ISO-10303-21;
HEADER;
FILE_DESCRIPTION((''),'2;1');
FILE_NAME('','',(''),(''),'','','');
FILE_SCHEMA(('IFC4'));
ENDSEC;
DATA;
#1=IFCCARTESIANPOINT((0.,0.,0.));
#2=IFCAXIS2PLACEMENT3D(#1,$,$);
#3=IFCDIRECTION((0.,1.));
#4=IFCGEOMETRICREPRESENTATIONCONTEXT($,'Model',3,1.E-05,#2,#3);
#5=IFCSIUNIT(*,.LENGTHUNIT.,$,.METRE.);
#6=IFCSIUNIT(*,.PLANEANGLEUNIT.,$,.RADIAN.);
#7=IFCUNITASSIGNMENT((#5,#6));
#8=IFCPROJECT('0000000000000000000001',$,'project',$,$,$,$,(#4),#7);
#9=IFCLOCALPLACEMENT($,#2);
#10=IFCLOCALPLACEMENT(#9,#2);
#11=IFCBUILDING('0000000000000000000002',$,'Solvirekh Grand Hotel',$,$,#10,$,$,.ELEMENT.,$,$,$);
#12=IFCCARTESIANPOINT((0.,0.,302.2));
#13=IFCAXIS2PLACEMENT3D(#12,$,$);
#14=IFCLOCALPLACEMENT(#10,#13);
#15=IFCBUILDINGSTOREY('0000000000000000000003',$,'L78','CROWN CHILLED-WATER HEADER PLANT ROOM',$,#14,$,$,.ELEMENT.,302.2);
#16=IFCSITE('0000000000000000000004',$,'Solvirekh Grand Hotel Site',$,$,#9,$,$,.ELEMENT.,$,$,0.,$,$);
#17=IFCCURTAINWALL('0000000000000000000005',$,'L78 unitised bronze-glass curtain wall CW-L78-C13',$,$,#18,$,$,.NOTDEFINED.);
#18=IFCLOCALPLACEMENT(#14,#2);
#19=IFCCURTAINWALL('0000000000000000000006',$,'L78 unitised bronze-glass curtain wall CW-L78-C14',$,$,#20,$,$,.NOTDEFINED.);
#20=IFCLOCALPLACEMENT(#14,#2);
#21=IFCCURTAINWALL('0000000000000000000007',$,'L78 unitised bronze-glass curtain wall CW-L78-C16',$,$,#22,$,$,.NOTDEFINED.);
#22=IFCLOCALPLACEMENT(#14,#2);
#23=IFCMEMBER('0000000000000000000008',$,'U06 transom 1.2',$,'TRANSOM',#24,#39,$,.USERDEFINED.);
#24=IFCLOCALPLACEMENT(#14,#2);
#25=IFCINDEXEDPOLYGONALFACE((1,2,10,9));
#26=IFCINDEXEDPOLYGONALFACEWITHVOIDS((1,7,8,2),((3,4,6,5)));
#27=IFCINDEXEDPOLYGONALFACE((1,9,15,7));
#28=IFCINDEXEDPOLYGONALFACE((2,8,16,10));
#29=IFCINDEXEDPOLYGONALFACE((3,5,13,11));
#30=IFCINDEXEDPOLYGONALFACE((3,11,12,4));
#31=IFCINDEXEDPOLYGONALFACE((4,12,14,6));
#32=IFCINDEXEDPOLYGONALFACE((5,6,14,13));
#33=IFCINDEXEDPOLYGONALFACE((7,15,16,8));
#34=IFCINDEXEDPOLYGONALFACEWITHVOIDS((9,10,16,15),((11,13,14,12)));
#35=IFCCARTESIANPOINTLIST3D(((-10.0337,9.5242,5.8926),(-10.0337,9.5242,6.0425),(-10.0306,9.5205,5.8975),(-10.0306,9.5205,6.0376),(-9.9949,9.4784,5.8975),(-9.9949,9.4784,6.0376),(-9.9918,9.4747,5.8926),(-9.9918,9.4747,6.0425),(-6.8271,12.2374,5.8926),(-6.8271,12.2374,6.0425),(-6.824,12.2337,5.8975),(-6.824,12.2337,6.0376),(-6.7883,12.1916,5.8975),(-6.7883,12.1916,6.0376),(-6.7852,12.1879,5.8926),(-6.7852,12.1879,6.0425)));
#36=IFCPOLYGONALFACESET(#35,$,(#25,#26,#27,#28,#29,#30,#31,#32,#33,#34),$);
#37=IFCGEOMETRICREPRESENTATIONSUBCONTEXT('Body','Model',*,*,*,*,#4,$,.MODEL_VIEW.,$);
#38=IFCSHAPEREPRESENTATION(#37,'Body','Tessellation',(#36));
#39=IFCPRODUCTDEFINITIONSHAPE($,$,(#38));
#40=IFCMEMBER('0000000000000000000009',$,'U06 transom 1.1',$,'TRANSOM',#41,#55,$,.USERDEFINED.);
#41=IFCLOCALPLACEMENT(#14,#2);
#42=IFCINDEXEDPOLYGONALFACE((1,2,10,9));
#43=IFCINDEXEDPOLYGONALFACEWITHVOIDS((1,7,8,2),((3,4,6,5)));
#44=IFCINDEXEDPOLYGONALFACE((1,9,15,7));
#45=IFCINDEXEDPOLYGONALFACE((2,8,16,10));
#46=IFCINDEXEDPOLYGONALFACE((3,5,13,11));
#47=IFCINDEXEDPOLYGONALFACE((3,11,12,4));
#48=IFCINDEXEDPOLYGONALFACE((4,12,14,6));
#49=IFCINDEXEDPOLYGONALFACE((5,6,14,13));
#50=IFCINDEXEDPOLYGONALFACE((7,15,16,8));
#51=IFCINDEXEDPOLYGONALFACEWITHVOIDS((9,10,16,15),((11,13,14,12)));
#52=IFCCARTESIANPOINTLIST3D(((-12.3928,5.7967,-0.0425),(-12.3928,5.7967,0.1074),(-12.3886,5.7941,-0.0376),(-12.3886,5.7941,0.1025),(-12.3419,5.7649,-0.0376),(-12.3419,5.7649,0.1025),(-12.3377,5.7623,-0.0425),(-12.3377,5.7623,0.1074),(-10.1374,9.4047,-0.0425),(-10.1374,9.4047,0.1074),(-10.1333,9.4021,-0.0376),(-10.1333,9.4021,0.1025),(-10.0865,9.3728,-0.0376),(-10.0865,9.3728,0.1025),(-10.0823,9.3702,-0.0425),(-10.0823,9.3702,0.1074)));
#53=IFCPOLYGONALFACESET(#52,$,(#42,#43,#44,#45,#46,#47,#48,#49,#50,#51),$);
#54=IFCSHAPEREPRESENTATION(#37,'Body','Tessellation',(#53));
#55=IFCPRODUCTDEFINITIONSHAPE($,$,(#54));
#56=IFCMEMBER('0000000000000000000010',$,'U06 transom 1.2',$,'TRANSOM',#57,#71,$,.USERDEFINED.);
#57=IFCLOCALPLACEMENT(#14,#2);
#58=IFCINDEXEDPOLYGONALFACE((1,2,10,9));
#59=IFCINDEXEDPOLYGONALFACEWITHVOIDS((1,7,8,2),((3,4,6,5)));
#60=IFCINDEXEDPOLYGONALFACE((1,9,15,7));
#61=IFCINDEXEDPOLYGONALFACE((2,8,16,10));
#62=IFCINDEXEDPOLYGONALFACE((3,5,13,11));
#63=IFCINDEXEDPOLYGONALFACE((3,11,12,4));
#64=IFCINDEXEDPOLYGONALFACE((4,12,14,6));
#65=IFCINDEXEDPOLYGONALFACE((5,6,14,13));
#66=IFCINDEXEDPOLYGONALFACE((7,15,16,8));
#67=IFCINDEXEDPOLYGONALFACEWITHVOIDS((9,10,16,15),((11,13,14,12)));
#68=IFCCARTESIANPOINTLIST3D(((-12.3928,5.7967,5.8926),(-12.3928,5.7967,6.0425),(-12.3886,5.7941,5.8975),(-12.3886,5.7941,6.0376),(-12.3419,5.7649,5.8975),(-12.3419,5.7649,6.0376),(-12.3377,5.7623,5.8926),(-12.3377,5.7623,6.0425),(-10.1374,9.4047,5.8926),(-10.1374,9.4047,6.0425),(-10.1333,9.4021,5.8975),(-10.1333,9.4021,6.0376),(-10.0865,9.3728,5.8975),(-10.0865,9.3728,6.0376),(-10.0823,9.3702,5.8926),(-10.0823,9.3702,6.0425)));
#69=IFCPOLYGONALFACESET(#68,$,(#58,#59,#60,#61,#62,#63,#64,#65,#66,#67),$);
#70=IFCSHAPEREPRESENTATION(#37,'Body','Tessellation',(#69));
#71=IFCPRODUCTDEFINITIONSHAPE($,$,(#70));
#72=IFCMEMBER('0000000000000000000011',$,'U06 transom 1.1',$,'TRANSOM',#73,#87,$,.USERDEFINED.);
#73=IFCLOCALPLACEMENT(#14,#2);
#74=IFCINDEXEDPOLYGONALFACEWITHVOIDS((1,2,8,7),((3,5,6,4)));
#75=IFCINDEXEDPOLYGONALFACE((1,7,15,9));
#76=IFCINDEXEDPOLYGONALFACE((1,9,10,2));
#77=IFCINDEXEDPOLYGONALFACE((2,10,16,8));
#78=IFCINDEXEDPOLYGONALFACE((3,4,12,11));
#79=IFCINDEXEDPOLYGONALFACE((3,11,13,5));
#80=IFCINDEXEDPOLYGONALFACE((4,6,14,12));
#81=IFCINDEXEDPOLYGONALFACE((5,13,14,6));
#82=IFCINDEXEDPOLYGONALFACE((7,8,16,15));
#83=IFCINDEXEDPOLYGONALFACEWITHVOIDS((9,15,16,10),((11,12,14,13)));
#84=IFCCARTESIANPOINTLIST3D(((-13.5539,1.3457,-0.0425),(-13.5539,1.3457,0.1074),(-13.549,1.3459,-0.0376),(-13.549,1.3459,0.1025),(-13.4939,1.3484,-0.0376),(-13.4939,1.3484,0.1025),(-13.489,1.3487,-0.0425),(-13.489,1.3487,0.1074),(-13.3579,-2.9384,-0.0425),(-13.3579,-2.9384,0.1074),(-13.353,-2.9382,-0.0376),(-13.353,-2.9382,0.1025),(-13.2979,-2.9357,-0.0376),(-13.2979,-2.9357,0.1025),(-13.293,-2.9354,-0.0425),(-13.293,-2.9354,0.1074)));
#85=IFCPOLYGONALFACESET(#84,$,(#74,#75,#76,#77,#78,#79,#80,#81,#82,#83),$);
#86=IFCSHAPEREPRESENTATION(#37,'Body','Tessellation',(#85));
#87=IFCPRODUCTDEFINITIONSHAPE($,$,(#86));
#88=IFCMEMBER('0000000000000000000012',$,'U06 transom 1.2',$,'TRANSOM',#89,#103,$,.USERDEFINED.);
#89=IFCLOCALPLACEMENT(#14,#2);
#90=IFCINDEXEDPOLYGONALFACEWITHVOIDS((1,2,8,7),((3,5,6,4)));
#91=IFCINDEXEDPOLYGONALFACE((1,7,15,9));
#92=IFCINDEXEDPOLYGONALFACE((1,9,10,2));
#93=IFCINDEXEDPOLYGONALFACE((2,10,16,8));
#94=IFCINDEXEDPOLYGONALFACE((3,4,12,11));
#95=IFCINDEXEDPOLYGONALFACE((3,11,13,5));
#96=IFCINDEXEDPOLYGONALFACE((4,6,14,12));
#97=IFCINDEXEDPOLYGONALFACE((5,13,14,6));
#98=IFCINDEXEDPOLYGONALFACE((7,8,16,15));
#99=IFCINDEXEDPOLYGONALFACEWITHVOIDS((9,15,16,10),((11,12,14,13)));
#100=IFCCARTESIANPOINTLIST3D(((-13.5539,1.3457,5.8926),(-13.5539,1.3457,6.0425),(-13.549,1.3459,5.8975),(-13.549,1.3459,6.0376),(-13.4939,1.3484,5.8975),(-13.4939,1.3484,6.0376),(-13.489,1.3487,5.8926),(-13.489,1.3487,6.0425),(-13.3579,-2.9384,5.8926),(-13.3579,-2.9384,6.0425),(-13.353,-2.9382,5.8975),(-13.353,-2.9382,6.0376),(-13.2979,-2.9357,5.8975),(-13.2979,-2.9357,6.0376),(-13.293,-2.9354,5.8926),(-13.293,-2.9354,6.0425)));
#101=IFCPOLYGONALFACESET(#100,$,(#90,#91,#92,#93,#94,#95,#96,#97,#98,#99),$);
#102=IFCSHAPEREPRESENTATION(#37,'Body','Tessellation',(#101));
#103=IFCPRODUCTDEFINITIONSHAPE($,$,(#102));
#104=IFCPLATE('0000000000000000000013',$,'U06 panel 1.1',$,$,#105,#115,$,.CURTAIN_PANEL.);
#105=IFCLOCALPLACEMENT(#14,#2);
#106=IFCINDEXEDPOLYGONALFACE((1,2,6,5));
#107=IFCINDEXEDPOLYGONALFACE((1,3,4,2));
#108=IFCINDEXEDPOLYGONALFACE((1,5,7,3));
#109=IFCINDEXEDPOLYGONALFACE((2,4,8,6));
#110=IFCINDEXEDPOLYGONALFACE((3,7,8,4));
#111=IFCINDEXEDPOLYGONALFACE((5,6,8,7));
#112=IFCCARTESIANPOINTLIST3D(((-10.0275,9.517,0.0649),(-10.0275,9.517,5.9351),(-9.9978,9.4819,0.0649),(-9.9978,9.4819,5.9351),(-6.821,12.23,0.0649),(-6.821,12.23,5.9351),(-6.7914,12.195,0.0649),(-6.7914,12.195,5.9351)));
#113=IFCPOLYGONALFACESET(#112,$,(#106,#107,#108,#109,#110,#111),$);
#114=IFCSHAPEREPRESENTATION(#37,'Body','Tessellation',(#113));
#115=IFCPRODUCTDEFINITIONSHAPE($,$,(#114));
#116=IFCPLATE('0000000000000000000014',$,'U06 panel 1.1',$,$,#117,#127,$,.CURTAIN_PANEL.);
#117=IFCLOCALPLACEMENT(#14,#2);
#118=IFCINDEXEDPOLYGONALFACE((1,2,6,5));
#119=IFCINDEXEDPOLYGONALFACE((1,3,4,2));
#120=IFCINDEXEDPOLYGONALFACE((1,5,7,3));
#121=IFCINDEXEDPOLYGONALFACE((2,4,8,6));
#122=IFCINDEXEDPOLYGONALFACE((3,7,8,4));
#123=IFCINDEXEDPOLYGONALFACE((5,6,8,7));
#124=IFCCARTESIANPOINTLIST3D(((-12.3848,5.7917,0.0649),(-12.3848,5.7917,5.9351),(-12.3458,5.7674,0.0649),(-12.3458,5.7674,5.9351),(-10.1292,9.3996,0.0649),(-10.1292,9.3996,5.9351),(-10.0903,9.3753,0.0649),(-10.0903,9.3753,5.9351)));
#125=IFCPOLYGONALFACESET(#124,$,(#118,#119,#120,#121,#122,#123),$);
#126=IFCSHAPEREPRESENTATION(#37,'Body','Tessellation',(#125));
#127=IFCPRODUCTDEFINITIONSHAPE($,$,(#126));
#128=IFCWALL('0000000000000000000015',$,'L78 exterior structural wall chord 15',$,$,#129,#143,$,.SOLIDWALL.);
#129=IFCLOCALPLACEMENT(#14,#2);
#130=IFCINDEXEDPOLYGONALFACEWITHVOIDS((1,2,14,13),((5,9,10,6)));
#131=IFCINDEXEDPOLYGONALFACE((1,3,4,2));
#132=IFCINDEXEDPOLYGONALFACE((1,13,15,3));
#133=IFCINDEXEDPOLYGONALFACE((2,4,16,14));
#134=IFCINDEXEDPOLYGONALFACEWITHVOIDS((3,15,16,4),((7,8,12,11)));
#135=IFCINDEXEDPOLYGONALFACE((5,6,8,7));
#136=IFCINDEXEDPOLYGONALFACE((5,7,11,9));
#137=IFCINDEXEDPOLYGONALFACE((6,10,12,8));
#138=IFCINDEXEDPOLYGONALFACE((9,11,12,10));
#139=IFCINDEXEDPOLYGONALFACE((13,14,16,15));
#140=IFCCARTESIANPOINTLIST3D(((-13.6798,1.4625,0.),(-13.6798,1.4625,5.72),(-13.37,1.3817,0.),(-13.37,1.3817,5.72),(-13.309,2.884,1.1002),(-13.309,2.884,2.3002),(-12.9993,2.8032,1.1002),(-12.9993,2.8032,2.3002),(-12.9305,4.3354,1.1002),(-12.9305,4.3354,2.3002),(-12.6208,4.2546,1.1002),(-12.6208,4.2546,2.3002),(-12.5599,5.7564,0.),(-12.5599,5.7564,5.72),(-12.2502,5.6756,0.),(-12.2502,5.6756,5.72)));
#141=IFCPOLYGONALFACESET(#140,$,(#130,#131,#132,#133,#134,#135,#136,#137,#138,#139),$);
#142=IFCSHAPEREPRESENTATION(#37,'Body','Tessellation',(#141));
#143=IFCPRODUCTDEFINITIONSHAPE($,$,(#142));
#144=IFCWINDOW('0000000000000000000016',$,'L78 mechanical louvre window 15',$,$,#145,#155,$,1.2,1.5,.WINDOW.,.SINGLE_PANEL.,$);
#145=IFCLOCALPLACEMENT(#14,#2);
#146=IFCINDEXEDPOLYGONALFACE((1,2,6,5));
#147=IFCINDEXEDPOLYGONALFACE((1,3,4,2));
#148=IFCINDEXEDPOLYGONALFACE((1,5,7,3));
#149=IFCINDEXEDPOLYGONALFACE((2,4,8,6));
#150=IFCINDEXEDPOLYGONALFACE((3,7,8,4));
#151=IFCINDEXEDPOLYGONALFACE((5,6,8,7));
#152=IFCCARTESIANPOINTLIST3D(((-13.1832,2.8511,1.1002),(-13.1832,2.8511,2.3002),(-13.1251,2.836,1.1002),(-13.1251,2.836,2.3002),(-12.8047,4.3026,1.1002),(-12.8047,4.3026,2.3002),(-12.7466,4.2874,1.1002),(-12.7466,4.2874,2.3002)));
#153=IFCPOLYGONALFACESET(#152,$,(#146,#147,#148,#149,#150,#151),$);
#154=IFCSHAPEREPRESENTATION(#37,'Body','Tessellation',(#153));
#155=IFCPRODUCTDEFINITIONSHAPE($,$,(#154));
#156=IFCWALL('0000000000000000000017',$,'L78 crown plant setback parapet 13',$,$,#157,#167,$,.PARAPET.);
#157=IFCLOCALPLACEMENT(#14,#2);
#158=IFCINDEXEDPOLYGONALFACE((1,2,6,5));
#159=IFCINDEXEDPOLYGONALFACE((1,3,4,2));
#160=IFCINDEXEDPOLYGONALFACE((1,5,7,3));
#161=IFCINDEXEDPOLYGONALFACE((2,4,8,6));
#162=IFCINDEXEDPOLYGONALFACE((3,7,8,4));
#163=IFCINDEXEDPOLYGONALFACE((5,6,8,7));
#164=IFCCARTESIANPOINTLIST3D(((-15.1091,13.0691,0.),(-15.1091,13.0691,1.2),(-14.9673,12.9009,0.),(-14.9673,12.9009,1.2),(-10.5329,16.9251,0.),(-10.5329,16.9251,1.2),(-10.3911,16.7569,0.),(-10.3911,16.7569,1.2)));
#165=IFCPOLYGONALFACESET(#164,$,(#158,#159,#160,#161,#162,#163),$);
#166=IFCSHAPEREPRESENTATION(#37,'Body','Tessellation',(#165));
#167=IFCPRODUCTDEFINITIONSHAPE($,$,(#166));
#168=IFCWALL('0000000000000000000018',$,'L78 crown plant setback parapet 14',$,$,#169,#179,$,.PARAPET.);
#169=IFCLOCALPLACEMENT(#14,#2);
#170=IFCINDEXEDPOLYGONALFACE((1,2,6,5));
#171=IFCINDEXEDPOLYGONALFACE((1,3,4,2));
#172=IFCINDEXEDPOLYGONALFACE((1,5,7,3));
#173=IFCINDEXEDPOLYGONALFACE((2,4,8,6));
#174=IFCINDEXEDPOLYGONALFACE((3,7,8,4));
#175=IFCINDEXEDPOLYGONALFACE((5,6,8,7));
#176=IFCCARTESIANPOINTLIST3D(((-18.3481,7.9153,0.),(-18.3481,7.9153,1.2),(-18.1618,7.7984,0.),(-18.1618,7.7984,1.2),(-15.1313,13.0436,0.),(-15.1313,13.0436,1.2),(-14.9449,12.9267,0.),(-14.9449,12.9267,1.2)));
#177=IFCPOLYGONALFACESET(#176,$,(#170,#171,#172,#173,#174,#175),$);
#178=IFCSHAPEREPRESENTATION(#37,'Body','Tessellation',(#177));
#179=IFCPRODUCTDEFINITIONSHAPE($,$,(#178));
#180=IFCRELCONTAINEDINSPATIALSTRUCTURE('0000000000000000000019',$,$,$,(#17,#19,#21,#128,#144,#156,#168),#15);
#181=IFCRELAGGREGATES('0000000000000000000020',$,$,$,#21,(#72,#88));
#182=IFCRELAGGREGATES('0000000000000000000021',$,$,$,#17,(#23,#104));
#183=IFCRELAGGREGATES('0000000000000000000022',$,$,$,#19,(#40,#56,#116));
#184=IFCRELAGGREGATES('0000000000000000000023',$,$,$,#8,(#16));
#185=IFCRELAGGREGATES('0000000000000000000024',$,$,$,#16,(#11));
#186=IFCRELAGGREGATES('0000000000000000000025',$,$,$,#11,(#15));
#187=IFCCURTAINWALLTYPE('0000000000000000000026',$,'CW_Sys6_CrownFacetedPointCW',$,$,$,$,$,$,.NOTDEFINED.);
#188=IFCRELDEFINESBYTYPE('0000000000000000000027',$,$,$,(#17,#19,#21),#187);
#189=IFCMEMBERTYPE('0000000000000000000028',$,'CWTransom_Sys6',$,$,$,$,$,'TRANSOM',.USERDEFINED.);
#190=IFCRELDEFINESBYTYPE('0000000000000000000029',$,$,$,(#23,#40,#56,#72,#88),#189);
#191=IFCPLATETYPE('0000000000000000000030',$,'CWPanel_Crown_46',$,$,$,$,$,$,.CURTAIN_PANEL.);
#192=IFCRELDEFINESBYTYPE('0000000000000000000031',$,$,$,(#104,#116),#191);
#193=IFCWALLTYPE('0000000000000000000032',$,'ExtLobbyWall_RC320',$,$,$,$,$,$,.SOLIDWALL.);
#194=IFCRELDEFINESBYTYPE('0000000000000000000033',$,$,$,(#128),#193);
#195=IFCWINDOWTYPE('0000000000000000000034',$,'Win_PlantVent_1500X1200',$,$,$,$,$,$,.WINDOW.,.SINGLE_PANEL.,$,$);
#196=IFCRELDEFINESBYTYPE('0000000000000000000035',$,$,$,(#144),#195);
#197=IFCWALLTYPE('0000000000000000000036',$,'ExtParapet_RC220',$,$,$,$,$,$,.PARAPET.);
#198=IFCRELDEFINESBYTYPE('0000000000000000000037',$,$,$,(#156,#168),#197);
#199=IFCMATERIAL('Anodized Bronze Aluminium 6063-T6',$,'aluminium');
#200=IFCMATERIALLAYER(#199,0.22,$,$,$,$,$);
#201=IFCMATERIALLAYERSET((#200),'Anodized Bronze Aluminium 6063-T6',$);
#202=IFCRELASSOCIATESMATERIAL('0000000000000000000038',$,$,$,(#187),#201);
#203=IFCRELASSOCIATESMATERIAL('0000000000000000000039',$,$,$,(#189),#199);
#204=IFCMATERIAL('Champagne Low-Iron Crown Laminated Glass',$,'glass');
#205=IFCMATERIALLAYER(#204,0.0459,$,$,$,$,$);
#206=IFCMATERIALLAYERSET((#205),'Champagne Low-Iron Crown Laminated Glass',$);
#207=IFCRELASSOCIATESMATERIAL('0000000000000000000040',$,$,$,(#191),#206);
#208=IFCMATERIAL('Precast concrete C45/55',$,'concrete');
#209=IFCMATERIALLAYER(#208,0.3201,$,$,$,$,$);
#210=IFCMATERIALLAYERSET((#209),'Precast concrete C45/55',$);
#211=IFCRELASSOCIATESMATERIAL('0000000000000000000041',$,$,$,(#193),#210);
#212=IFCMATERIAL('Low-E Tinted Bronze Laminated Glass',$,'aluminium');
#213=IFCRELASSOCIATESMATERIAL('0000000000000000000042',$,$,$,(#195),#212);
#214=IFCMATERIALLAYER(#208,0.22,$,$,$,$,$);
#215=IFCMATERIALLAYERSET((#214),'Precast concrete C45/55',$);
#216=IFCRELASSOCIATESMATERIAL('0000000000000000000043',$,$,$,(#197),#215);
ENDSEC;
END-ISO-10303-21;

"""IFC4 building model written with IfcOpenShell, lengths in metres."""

from ifc_helpers import new_model, si_unit, direction, frame, frame_2d, origin, origin_2d, place, context, subcontext, project, spatial, rectangle, hollow_rectangle, extrude, source, transform, mapped, material, layer, layer_set, material_profile, profile_set, type_object, element, fill, aggregate, save


model = new_model("IFC4")

# Units and contexts
model_context = context("Model", 3, precision=1e-05, world=origin(), true_north=direction((0.0, 1.0)))
body_context = subcontext(model_context, "Body", "Model", "MODEL_VIEW")
ifc_project = project(units=[si_unit("LENGTHUNIT", "METRE"), si_unit("PLANEANGLEUNIT", "RADIAN")], contexts=[model_context])

# Site, building, storey
site_placement = place(None, origin())
site = spatial("IfcSite", under=ifc_project, at=site_placement, Name="Solvirekh Grand Hotel Site", CompositionType="ELEMENT", RefElevation=0.0)
building_placement = place(site_placement, origin())
building = spatial("IfcBuilding", under=site, at=building_placement, Name="Solvirekh Grand Hotel", CompositionType="ELEMENT")
storey_placement = place(building_placement, frame((0.0, 0.0, 302.2)))
storey = spatial("IfcBuildingStorey", under=building, at=storey_placement, Name="L78", Description="CROWN CHILLED-WATER HEADER PLANT ROOM", CompositionType="ELEMENT", Elevation=302.2)

# Shared definitions
ifc_material_1 = material(Name="Anodized Bronze Aluminium 6063-T6", Category="aluminium")
ifc_layer_1 = layer(ifc_material_1, 0.22)
ifc_layer_set_1 = layer_set([ifc_layer_1], Name="Anodized Bronze Aluminium 6063-T6")
curtain_wall_type = type_object("IfcCurtainWallType", Name="CW_Sys6_CrownFacetedPointCW", PredefinedType="NOTDEFINED", material=ifc_layer_set_1)

# Curtain walls
curtain_wall_1_placement = place(storey_placement, origin())
curtain_wall_1 = element("IfcCurtainWall", 1, at=curtain_wall_1_placement, inside=storey, type_object=curtain_wall_type, Name="L78 unitised bronze-glass curtain wall CW-L78-C13", PredefinedType="NOTDEFINED")
curtain_wall_2_placement = place(storey_placement, origin())
curtain_wall_2 = element("IfcCurtainWall", 2, at=curtain_wall_2_placement, inside=storey, type_object=curtain_wall_type, Name="L78 unitised bronze-glass curtain wall CW-L78-C14", PredefinedType="NOTDEFINED")

# Curtain wall
curtain_wall_3_placement = place(storey_placement, origin())
curtain_wall_3 = element("IfcCurtainWall", 3, at=curtain_wall_3_placement, inside=storey, type_object=curtain_wall_type, Name="L78 unitised bronze-glass curtain wall CW-L78-C16", PredefinedType="NOTDEFINED")

# Members
ifc_material_profile_1 = material_profile(ifc_material_1, hollow_rectangle(XDim=0.0649, YDim=0.1499, WallThickness=0.0049, at=origin_2d()), Name="ALU RHS 150X65X5")
ifc_profile_set_1 = profile_set([ifc_material_profile_1], Name="Anodized Bronze Aluminium 6063-T6")
member_type_1 = type_object("IfcMemberType", Name="CWTransom_Sys6", ElementType="TRANSOM", PredefinedType="USERDEFINED", material=ifc_profile_set_1)
shared_shape_1 = source(origin(), body_context, "Body", "SweptSolid", [
    extrude(hollow_rectangle(XDim=0.0649, YDim=0.1499, WallThickness=0.0049, at=origin_2d()), origin(), (0.0, 0.0, 1.0), 4.2004),
])
member_1_placement = place(storey_placement, frame((-6.8062, 12.2126, 5.9675), z_axis=(-0.763397, -0.645929, 0.0), x_axis=(0.645929, -0.763397, 0.0)))
member_1 = element("IfcMember", 4, at=member_1_placement, type_object=member_type_1, Name="U06 transom 1.2", ObjectType="TRANSOM", PredefinedType="USERDEFINED", context=body_context, shape_type="MappedRepresentation", body=[
    mapped(shared_shape_1, transform((0.0, 0.0, 0.0), x_axis=(1.0, 0.0, 0.0), y_axis=(0.0, 1.0, 0.0), z_axis=(0.0, 0.0, 1.0), scale=1.0)),
])
shared_shape_2 = source(origin(), body_context, "Body", "SweptSolid", [
    extrude(hollow_rectangle(XDim=0.0649, YDim=0.1499, WallThickness=0.0049, at=origin_2d()), origin(), (0.0, 0.0, 1.0), 4.2549),
])
member_2_placement = place(storey_placement, frame((-10.1099, 9.3875, 0.0325), z_axis=(-0.530071, -0.847953, 0.0), x_axis=(0.847953, -0.530071, 0.0)))
member_2 = element("IfcMember", 5, at=member_2_placement, type_object=member_type_1, Name="U06 transom 1.1", ObjectType="TRANSOM", PredefinedType="USERDEFINED", context=body_context, shape_type="MappedRepresentation", body=[
    mapped(shared_shape_2, transform((0.0, 0.0, 0.0), x_axis=(1.0, 0.0, 0.0), y_axis=(0.0, 1.0, 0.0), z_axis=(0.0, 0.0, 1.0), scale=1.0)),
])
member_3_placement = place(storey_placement, frame((-10.1099, 9.3875, 5.9675), z_axis=(-0.530071, -0.847953, 0.0), x_axis=(0.847953, -0.530071, 0.0)))
member_3 = element("IfcMember", 6, at=member_3_placement, type_object=member_type_1, Name="U06 transom 1.2", ObjectType="TRANSOM", PredefinedType="USERDEFINED", context=body_context, shape_type="MappedRepresentation", body=[
    mapped(shared_shape_2, transform((0.0, 0.0, 0.0), x_axis=(1.0, 0.0, 0.0), y_axis=(0.0, 1.0, 0.0), z_axis=(0.0, 0.0, 1.0), scale=1.0)),
])
shared_shape_3 = source(origin(), body_context, "Body", "SweptSolid", [
    extrude(hollow_rectangle(XDim=0.0649, YDim=0.1499, WallThickness=0.0049, at=origin_2d()), origin(), (0.0, 0.0, 1.0), 4.2886),
])
member_4_placement = place(storey_placement, frame((-13.5215, 1.3472, 0.0325), z_axis=(0.045712, -0.998955, 0.0), x_axis=(0.998955, 0.045712, 0.0)))
member_4 = element("IfcMember", 7, at=member_4_placement, type_object=member_type_1, Name="U06 transom 1.1", ObjectType="TRANSOM", PredefinedType="USERDEFINED", context=body_context, shape_type="MappedRepresentation", body=[
    mapped(shared_shape_3, transform((0.0, 0.0, 0.0), x_axis=(1.0, 0.0, 0.0), y_axis=(0.0, 1.0, 0.0), z_axis=(0.0, 0.0, 1.0), scale=1.0)),
])
member_5_placement = place(storey_placement, frame((-13.5215, 1.3472, 5.9675), z_axis=(0.045712, -0.998955, 0.0), x_axis=(0.998955, 0.045712, 0.0)))
member_5 = element("IfcMember", 8, at=member_5_placement, type_object=member_type_1, Name="U06 transom 1.2", ObjectType="TRANSOM", PredefinedType="USERDEFINED", context=body_context, shape_type="MappedRepresentation", body=[
    mapped(shared_shape_3, transform((0.0, 0.0, 0.0), x_axis=(1.0, 0.0, 0.0), y_axis=(0.0, 1.0, 0.0), z_axis=(0.0, 0.0, 1.0), scale=1.0)),
])
aggregate(curtain_wall_3, [member_4, member_5])

# Plates
ifc_material_2 = material(Name="Champagne Low-Iron Crown Laminated Glass", Category="glass")
ifc_layer_2 = layer(ifc_material_2, 0.0459)
ifc_layer_set_2 = layer_set([ifc_layer_2], Name="Champagne Low-Iron Crown Laminated Glass")
plate_type = type_object("IfcPlateType", Name="CWPanel_Crown_46", PredefinedType="CURTAIN_PANEL", material=ifc_layer_set_2)
shared_shape_4 = source(origin(), body_context, "Body", "SweptSolid", [
    extrude(rectangle(XDim=4.2002, YDim=0.0459, at=origin_2d()), origin(), (0.0, 0.0, 1.0), 5.8701),
])
plate_1_placement = place(storey_placement, frame((-8.4094, 10.856, 0.0649), z_axis=(0.0, 0.0, 1.0), x_axis=(-0.763395, -0.645932, 0.0)))
plate_1 = element("IfcPlate", 9, at=plate_1_placement, type_object=plate_type, Name="U06 panel 1.1", PredefinedType="CURTAIN_PANEL", context=body_context, shape_type="MappedRepresentation", body=[
    mapped(shared_shape_4, transform((0.0, 0.0, 0.0), x_axis=(1.0, 0.0, 0.0), y_axis=(0.0, 1.0, 0.0), z_axis=(0.0, 0.0, 1.0), scale=1.0)),
])
aggregate(curtain_wall_1, [member_1, plate_1])
shared_shape_5 = source(origin(), body_context, "Body", "SweptSolid", [
    extrude(rectangle(XDim=4.2549, YDim=0.0459, at=origin_2d()), origin(), (0.0, 0.0, 1.0), 5.8701),
])
plate_2_placement = place(storey_placement, frame((-11.2375, 7.5835, 0.0649), z_axis=(0.0, 0.0, 1.0), x_axis=(-0.530101, -0.847935, 0.0)))
plate_2 = element("IfcPlate", 10, at=plate_2_placement, type_object=plate_type, Name="U06 panel 1.1", PredefinedType="CURTAIN_PANEL", context=body_context, shape_type="MappedRepresentation", body=[
    mapped(shared_shape_5, transform((0.0, 0.0, 0.0), x_axis=(1.0, 0.0, 0.0), y_axis=(0.0, 1.0, 0.0), z_axis=(0.0, 0.0, 1.0), scale=1.0)),
])
aggregate(curtain_wall_2, [member_2, member_3, plate_2])

# Wall, opening, window
ifc_material_3 = material(Name="Precast concrete C45/55", Category="concrete")
ifc_layer_3 = layer(ifc_material_3, 0.3201)
ifc_layer_set_3 = layer_set([ifc_layer_3], Name="Precast concrete C45/55")
wall_type_1 = type_object("IfcWallType", Name="ExtLobbyWall_RC320", PredefinedType="SOLIDWALL", material=ifc_layer_set_3)
wall_1_placement = place(storey_placement, frame((-13.5249, 1.4221, 0.0), z_axis=(0.0, 0.0, 1.0), x_axis=(0.252361, 0.967633, 0.0)))
wall_1 = element("IfcWall", 11, at=wall_1_placement, inside=storey, type_object=wall_type_1, Name="L78 exterior structural wall chord 15", PredefinedType="SOLIDWALL", context=body_context, shape_type="SweptSolid", body=[
    extrude(rectangle(XDim=4.4375, YDim=0.3201, at=frame_2d((2.2188, 0.0))), origin(), (0.0, 0.0, 1.0), 5.72),
])
opening_placement = place(wall_1_placement, frame((1.469, 0.0, 1.1001)))
opening = element("IfcOpeningElement", 12, at=opening_placement, cuts=wall_1, PredefinedType="OPENING", context=body_context, shape_type="SweptSolid", body=[
    extrude(rectangle(XDim=1.5, YDim=1.2, at=frame_2d((0.75, 0.6001))), frame((0.0, 0.1699, 0.0), z_axis=(0.0, -1.0, 0.0), x_axis=(1.0, 0.0, 0.0)), (0.0, 0.0, 1.0), 0.3401),
])
ifc_material_4 = material(Name="Low-E Tinted Bronze Laminated Glass", Category="aluminium")
window_type = type_object("IfcWindowType", Name="Win_PlantVent_1500X1200", PartitioningType="SINGLE_PANEL", PredefinedType="WINDOW", material=ifc_material_4)
window_placement = place(opening_placement, origin())
window = element("IfcWindow", 13, at=window_placement, inside=storey, type_object=window_type, Name="L78 mechanical louvre window 15", OverallHeight=1.2, OverallWidth=1.5, PartitioningType="SINGLE_PANEL", PredefinedType="WINDOW", context=body_context, shape_type="SweptSolid", body=[
    extrude(rectangle(XDim=1.5, YDim=1.2, at=frame_2d((0.75, 0.6001))), frame((0.0, 0.03, 0.0), z_axis=(0.0, -1.0, 0.0), x_axis=(1.0, 0.0, 0.0)), (0.0, 0.0, 1.0), 0.0601),
])
fill(opening, window)

# Walls
ifc_layer_4 = layer(ifc_material_3, 0.22)
ifc_layer_set_4 = layer_set([ifc_layer_4], Name="Precast concrete C45/55")
wall_type_2 = type_object("IfcWallType", Name="ExtParapet_RC220", PredefinedType="PARAPET", material=ifc_layer_set_4)
wall_2_placement = place(storey_placement, frame((-10.4619, 16.8411, 0.0), z_axis=(0.0, 0.0, 1.0), x_axis=(-0.764719, -0.644364, 0.0)))
element("IfcWall", 14, at=wall_2_placement, inside=storey, type_object=wall_type_2, Name="L78 crown plant setback parapet 13", PredefinedType="PARAPET", context=body_context, shape_type="SweptSolid", body=[
    extrude(rectangle(XDim=5.9841, YDim=0.22, at=frame_2d((2.9922, 0.0))), origin(), (0.0, 0.0, 1.0), 1.2),
])
wall_3_placement = place(storey_placement, frame((-15.0381, 12.9851, 0.0), z_axis=(0.0, 0.0, 1.0), x_axis=(-0.531387, -0.847129, 0.0)))
element("IfcWall", 15, at=wall_3_placement, inside=storey, type_object=wall_type_2, Name="L78 crown plant setback parapet 14", PredefinedType="PARAPET", context=body_context, shape_type="SweptSolid", body=[
    extrude(rectangle(XDim=6.0537, YDim=0.22, at=frame_2d((3.0269, 0.0))), origin(), (0.0, 0.0, 1.0), 1.2),
])

save(model, "model.ifc")
